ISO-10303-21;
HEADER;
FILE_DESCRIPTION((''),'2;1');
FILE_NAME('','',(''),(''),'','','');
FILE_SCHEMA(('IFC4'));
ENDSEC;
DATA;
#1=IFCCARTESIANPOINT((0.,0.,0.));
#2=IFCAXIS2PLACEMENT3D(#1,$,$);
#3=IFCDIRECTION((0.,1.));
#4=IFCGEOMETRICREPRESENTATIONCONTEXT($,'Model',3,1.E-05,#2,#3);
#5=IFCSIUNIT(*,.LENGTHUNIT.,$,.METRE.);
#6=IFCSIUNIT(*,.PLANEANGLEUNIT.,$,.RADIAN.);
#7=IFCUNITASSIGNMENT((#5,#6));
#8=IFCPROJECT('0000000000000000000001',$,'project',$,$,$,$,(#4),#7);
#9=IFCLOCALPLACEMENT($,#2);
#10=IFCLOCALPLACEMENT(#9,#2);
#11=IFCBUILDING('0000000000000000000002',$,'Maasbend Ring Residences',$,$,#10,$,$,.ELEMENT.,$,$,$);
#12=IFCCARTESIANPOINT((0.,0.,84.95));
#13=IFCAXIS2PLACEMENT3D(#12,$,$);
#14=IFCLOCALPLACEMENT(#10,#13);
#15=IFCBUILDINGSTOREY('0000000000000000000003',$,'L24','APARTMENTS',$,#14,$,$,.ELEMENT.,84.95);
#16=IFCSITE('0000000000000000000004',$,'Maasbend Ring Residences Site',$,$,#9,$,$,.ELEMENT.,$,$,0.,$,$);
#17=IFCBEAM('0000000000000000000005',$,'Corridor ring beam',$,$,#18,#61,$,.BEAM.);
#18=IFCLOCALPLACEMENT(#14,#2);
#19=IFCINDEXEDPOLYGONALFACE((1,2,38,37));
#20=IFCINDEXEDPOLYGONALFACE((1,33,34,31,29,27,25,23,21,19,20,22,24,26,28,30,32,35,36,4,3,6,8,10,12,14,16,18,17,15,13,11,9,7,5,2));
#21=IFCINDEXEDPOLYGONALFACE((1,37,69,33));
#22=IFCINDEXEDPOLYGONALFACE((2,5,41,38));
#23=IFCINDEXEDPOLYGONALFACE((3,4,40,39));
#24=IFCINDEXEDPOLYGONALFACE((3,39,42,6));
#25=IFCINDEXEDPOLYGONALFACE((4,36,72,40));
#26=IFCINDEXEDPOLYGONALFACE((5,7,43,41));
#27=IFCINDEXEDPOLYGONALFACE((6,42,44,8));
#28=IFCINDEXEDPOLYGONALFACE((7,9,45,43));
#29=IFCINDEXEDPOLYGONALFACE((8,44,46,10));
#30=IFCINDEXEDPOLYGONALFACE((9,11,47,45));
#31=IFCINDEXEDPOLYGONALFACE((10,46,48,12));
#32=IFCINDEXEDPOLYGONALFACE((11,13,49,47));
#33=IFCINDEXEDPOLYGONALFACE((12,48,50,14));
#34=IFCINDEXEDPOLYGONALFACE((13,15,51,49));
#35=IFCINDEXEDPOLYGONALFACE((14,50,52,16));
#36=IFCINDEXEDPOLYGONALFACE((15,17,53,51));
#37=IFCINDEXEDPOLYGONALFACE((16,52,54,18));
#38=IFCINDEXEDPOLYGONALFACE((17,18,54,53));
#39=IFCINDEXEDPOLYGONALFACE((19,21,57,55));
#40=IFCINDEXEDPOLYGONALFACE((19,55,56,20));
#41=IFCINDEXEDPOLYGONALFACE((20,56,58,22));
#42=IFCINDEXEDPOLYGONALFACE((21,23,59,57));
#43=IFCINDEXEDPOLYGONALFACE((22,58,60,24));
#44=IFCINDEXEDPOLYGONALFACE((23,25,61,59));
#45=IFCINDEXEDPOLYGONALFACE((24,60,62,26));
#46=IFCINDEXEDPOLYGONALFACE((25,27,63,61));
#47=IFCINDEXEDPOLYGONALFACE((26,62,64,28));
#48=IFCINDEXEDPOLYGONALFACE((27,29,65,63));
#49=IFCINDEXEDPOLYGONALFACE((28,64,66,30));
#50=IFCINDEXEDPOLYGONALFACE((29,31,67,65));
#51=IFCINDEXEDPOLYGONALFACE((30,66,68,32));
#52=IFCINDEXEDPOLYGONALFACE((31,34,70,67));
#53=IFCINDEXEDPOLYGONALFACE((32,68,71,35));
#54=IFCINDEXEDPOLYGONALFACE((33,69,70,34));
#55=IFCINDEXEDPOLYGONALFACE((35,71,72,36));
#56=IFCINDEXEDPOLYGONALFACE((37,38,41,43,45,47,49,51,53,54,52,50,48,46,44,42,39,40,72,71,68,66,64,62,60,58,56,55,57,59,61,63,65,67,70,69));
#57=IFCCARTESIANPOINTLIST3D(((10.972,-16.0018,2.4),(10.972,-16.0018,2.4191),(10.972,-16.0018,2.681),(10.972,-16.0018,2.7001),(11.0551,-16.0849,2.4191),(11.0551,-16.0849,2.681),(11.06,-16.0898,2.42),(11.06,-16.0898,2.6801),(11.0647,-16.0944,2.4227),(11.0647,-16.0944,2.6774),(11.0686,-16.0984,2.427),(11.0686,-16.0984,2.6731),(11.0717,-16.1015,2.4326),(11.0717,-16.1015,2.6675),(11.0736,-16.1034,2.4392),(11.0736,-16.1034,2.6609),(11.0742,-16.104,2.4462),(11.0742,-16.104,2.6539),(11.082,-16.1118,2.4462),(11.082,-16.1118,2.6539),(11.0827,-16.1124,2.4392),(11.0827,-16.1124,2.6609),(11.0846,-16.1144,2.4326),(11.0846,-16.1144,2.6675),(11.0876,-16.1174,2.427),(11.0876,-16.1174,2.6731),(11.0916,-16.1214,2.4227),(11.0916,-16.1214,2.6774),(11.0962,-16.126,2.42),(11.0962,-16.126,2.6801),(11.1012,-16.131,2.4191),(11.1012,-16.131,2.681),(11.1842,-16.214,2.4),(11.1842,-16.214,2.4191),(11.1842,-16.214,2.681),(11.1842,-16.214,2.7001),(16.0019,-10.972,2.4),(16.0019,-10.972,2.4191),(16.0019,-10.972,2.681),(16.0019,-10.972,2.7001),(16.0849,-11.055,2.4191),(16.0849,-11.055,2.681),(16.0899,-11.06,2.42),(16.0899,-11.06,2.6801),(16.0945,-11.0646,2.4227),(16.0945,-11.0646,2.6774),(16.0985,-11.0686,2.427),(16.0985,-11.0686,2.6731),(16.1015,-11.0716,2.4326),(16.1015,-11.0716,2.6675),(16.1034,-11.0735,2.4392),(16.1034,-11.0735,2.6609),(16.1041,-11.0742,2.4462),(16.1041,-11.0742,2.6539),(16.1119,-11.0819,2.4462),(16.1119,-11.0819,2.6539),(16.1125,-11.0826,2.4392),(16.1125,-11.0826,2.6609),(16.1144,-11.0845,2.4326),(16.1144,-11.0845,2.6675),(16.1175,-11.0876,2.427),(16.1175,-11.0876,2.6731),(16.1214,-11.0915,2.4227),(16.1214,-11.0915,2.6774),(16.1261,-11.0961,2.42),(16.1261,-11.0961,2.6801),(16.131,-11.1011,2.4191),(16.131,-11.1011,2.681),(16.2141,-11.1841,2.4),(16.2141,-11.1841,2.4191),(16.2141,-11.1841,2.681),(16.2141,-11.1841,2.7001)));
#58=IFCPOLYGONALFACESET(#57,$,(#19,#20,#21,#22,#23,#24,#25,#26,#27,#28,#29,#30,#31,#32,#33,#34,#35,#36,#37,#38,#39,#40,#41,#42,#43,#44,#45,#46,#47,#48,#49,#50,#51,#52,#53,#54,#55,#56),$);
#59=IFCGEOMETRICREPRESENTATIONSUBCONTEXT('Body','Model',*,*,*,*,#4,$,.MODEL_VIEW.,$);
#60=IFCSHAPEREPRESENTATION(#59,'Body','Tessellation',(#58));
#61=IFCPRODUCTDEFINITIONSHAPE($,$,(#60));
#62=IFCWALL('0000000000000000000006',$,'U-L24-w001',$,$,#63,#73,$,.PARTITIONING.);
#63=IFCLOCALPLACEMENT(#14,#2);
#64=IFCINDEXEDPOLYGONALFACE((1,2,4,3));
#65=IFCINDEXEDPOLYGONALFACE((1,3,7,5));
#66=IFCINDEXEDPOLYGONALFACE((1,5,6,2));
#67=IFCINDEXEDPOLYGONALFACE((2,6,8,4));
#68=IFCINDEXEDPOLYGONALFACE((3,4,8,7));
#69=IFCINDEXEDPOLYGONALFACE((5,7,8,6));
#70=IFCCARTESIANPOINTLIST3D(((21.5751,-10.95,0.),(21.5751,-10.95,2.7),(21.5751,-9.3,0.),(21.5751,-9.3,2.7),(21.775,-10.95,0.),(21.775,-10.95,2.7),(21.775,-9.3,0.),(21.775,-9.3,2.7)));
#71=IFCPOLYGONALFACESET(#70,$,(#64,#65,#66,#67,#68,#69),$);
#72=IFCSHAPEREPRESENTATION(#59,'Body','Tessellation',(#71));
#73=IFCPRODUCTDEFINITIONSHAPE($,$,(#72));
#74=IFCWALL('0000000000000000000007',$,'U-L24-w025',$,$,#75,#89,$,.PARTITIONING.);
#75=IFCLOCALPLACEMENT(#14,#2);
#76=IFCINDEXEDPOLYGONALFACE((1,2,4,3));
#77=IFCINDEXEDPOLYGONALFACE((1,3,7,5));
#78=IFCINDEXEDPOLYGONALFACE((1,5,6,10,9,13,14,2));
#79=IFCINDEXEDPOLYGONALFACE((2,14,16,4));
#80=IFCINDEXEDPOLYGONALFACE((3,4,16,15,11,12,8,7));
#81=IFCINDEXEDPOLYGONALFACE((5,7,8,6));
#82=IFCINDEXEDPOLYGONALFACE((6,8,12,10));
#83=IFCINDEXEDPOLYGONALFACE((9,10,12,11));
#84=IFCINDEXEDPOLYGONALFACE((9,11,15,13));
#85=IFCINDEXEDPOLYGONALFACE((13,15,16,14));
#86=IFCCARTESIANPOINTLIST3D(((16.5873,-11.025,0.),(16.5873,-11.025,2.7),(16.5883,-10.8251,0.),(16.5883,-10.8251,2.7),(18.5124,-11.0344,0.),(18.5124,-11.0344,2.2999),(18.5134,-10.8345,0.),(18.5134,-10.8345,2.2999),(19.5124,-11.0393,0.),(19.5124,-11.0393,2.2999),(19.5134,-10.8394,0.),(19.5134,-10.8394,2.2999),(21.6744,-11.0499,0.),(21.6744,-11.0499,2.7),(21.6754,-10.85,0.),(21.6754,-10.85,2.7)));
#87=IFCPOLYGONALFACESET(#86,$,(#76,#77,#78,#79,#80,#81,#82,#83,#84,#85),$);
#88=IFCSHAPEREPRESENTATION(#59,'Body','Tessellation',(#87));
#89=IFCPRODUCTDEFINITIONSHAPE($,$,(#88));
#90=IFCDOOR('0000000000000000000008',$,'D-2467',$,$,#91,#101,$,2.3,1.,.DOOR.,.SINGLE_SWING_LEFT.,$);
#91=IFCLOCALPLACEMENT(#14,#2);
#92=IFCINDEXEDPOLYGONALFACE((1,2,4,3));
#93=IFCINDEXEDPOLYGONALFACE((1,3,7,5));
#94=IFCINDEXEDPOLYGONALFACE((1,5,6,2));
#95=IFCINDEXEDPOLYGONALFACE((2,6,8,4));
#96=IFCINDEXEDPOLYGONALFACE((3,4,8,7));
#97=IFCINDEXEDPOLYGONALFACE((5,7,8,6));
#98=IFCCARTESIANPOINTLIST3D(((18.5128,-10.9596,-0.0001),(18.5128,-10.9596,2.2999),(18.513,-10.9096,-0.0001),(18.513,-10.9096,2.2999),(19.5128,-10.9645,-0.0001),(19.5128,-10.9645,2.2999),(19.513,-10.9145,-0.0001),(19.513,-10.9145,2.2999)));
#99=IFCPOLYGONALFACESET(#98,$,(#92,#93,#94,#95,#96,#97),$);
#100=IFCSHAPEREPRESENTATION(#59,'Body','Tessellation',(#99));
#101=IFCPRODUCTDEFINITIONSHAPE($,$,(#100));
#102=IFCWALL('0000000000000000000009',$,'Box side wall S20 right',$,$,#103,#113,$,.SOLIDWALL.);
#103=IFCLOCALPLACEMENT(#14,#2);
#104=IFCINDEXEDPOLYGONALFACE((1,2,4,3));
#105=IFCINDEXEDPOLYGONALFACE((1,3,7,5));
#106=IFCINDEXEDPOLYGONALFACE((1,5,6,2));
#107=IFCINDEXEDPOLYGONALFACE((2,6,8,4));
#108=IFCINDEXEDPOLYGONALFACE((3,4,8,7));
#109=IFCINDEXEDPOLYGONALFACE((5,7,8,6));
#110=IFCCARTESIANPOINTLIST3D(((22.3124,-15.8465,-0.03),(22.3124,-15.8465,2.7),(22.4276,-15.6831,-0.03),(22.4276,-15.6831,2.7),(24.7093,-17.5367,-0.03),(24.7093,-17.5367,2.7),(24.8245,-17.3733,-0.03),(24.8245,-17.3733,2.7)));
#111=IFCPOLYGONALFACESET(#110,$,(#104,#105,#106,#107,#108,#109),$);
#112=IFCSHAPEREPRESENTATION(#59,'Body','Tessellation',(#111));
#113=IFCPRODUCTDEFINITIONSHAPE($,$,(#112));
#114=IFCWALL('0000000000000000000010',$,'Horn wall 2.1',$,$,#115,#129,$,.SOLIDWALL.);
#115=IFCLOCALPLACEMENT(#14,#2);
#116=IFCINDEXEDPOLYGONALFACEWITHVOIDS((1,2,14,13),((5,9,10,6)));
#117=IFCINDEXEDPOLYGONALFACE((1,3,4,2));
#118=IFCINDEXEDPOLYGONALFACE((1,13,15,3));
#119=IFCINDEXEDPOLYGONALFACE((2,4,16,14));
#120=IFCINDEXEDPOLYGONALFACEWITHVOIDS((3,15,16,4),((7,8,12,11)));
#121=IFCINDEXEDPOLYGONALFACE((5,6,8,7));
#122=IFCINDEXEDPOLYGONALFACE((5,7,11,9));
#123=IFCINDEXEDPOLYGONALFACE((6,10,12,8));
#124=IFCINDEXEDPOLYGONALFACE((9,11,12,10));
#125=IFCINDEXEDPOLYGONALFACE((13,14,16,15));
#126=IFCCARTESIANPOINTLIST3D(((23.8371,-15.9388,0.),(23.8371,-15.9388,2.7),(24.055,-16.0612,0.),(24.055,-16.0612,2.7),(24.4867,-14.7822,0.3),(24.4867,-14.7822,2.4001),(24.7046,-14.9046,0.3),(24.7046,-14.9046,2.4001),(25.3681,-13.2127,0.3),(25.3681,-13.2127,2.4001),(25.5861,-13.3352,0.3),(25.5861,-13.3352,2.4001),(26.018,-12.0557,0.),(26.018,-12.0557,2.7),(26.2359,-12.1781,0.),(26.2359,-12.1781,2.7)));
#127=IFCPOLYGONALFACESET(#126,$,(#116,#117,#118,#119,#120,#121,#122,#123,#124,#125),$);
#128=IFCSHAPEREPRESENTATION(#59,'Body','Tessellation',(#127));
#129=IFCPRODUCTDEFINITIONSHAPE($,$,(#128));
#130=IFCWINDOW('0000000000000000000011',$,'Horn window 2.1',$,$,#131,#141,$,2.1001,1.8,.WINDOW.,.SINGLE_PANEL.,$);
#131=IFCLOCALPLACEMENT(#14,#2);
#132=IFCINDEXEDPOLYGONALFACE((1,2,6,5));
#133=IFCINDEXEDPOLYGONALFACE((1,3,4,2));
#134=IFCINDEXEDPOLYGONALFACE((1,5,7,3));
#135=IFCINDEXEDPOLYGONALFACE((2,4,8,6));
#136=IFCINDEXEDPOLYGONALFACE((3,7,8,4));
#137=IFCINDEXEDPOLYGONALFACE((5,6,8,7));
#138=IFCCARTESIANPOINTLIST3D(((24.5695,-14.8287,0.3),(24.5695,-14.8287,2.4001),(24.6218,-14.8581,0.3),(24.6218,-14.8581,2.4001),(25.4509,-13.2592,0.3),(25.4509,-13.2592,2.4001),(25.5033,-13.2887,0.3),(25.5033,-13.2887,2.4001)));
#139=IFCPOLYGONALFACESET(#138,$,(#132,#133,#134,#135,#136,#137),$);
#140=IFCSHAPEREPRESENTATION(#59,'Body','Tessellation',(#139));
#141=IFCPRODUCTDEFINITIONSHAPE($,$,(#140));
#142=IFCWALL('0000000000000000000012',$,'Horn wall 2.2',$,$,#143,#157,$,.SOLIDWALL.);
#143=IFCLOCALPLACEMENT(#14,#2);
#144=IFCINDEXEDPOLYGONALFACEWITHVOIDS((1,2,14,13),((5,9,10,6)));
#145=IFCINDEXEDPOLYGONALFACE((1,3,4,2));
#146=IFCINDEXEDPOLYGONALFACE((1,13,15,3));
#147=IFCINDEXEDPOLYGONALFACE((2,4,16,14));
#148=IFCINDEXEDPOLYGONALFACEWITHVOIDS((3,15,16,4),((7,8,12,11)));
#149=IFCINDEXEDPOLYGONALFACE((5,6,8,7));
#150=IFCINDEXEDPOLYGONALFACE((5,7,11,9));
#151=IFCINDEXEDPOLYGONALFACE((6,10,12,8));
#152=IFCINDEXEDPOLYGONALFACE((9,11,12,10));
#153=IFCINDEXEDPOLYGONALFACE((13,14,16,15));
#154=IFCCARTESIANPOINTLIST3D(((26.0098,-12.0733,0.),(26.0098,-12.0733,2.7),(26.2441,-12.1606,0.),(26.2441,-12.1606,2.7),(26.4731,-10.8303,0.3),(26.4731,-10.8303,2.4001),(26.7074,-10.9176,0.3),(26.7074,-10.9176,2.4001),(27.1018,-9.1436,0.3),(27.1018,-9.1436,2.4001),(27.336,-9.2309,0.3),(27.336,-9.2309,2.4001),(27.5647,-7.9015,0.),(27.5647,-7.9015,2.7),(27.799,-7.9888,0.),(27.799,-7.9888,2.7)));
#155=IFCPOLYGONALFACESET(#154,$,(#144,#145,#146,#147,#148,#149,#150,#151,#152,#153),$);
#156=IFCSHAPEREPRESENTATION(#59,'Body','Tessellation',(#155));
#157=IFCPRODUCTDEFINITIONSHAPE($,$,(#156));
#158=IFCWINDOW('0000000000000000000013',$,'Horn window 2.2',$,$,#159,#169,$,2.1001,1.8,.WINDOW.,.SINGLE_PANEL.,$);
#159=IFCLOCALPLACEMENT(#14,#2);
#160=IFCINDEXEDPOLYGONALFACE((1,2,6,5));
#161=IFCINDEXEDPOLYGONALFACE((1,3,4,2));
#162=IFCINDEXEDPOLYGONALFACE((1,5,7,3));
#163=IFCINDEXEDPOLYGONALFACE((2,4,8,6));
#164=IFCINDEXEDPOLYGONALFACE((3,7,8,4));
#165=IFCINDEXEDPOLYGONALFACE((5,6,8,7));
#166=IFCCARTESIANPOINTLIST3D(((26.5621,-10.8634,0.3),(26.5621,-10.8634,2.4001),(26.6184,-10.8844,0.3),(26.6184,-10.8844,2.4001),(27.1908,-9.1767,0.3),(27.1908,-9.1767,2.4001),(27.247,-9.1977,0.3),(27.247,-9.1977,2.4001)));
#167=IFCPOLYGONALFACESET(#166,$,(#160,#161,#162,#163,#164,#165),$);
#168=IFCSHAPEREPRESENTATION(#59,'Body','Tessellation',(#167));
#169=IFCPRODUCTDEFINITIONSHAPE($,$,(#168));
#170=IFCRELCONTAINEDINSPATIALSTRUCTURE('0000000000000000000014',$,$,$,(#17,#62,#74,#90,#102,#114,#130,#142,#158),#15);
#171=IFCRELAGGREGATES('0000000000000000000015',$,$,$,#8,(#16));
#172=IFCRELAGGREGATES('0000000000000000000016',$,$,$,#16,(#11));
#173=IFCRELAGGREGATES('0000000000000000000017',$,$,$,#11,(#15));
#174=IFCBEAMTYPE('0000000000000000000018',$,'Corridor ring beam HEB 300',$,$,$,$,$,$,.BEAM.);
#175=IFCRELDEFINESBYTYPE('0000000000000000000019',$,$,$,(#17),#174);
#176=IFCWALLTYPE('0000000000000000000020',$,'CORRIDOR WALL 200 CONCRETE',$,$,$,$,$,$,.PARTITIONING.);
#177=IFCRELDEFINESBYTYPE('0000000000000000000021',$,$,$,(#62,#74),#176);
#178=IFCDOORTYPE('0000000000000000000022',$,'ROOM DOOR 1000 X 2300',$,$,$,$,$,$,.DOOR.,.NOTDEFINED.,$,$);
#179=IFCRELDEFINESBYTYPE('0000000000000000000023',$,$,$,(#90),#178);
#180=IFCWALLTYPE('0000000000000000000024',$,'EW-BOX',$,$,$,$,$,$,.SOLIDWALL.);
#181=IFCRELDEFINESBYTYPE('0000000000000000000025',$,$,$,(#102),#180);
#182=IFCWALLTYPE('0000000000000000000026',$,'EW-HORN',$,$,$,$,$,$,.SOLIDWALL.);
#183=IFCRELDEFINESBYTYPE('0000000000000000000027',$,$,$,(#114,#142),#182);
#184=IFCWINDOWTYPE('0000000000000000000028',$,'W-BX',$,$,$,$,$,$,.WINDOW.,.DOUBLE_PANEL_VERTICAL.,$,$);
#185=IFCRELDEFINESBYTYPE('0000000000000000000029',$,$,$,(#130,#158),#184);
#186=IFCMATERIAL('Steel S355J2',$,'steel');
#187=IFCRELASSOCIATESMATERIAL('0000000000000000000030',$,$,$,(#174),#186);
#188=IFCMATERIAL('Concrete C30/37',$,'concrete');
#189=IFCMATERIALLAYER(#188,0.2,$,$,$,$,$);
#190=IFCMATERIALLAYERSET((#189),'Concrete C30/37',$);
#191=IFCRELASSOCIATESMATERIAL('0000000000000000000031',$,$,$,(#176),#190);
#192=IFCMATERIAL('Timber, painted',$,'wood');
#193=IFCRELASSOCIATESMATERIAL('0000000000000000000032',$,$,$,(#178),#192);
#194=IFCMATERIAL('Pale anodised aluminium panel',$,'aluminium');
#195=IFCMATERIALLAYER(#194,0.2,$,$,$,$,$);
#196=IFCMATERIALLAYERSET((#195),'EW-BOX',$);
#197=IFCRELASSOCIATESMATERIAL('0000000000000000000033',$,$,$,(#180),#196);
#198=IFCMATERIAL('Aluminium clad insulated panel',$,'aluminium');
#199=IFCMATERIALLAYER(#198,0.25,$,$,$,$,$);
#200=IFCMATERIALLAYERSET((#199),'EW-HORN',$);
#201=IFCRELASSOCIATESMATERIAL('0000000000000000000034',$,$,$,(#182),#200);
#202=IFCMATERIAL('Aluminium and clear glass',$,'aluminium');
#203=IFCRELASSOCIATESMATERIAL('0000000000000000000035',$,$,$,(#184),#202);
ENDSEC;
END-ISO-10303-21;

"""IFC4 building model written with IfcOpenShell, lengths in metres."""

from ifc_helpers import new_model, si_unit, direction, frame, frame_2d, origin, origin_2d, place, context, subcontext, project, spatial, rectangle, i_section, extrude, material, layer, layer_set, material_profile, profile_set, type_object, element, fill, save


model = new_model("IFC4")

# Units and contexts
model_context = context("Model", 3, precision=1e-05, world=origin(), true_north=direction((0.0, 1.0)))
body_context = subcontext(model_context, "Body", "Model", "MODEL_VIEW")
ifc_project = project(units=[si_unit("LENGTHUNIT", "METRE"), si_unit("PLANEANGLEUNIT", "RADIAN")], contexts=[model_context])

# Site, building, storey
site_placement = place(None, origin())
site = spatial("IfcSite", under=ifc_project, at=site_placement, Name="Maasbend Ring Residences Site", CompositionType="ELEMENT", RefElevation=0.0)
building_placement = place(site_placement, origin())
building = spatial("IfcBuilding", under=site, at=building_placement, Name="Maasbend Ring Residences", CompositionType="ELEMENT")
storey_placement = place(building_placement, frame((0.0, 0.0, 84.95)))
storey = spatial("IfcBuildingStorey", under=building, at=storey_placement, Name="L24", Description="APARTMENTS", CompositionType="ELEMENT", Elevation=84.95)

# Beam
ifc_material_1 = material(Name="Steel S355J2", Category="steel")
ifc_material_profile_1 = material_profile(ifc_material_1, i_section(OverallWidth=0.3, OverallDepth=0.3, WebThickness=0.011, FlangeThickness=0.019, FilletRadius=0.0271, at=origin_2d()), Name="HEB 300")
ifc_profile_set_1 = profile_set([ifc_material_profile_1], Name="Steel S355J2")
beam_type = type_object("IfcBeamType", Name="Corridor ring beam HEB 300", PredefinedType="BEAM", material=ifc_profile_set_1)
beam_placement = place(storey_placement, frame((11.0781, -16.1079, 2.55), z_axis=(0.707107, 0.707107, 0.0), x_axis=(-0.707107, 0.707107, 0.0)))
element("IfcBeam", 1, at=beam_placement, inside=storey, type_object=beam_type, Name="Corridor ring beam", PredefinedType="BEAM", context=body_context, shape_type="SweptSolid", body=[
    extrude(i_section(OverallWidth=0.3, OverallDepth=0.3, WebThickness=0.011, FlangeThickness=0.019, FilletRadius=0.0271, at=origin_2d()), origin(), (0.0, 0.0, 1.0), 7.1133),
])

# Wall
ifc_material_2 = material(Name="Concrete C30/37", Category="concrete")
ifc_layer_1 = layer(ifc_material_2, 0.2)
ifc_layer_set_1 = layer_set([ifc_layer_1], Name="Concrete C30/37")
wall_type_1 = type_object("IfcWallType", Name="CORRIDOR WALL 200 CONCRETE", PredefinedType="PARTITIONING", material=ifc_layer_set_1)
wall_1_placement = place(storey_placement, frame((21.675, -10.95, 0.0), z_axis=(0.0, 0.0, 1.0), x_axis=(0.0, 1.0, 0.0)))
element("IfcWall", 2, at=wall_1_placement, inside=storey, type_object=wall_type_1, Name="U-L24-w001", PredefinedType="PARTITIONING", context=body_context, shape_type="SweptSolid", body=[
    extrude(rectangle(XDim=1.6499, YDim=0.2, at=frame_2d((0.825, 0.0))), origin(), (0.0, 0.0, 1.0), 2.7),
])

# Wall, opening, door
wall_2_placement = place(storey_placement, frame((16.5879, -10.925, 0.0), z_axis=(0.0, 0.0, 1.0), x_axis=(0.999988, -0.004895, 0.0)))
wall_2 = element("IfcWall", 3, at=wall_2_placement, inside=storey, type_object=wall_type_1, Name="U-L24-w025", PredefinedType="PARTITIONING", context=body_context, shape_type="SweptSolid", body=[
    extrude(rectangle(XDim=5.0872, YDim=0.2, at=frame_2d((2.5435, 0.0))), origin(), (0.0, 0.0, 1.0), 2.7),
])
opening_1_placement = place(wall_2_placement, frame((1.925, 0.0, 0.0)))
opening_1 = element("IfcOpeningElement", 4, at=opening_1_placement, cuts=wall_2, PredefinedType="OPENING", context=body_context, shape_type="SweptSolid", body=[
    extrude(rectangle(XDim=1.0, YDim=2.3, at=frame_2d((0.5, 1.1499))), frame((0.0, 0.1099, 0.0), z_axis=(0.0, -1.0, 0.0), x_axis=(1.0, 0.0, 0.0)), (0.0, 0.0, 1.0), 0.22),
])
ifc_material_3 = material(Name="Timber, painted", Category="wood")
door_type_1 = type_object("IfcDoorType", Name="ROOM DOOR 1000 X 2300", OperationType="NOTDEFINED", PredefinedType="DOOR", material=ifc_material_3)
door_1_placement = place(opening_1_placement, origin())
door_1 = element("IfcDoor", 5, at=door_1_placement, inside=storey, type_object=door_type_1, Name="D-2467", OperationType="SINGLE_SWING_LEFT", OverallHeight=2.3, OverallWidth=1.0, PredefinedType="DOOR", context=body_context, shape_type="SweptSolid", body=[
    extrude(rectangle(XDim=1.0, YDim=2.3, at=frame_2d((0.5, 1.1499))), frame((0.0, 0.0249, 0.0), z_axis=(0.0, -1.0, 0.0), x_axis=(1.0, 0.0, 0.0)), (0.0, 0.0, 1.0), 0.05),
])
fill(opening_1, door_1)

# Wall
ifc_material_4 = material(Name="Pale anodised aluminium panel", Category="aluminium")
ifc_layer_2 = layer(ifc_material_4, 0.2)
ifc_layer_set_2 = layer_set([ifc_layer_2], Name="EW-BOX")
wall_type_2 = type_object("IfcWallType", Name="EW-BOX", PredefinedType="SOLIDWALL", material=ifc_layer_set_2)
wall_3_placement = place(storey_placement, frame((22.3701, -15.7649, -0.03), z_axis=(0.0, 0.0, 1.0), x_axis=(0.817256, -0.576275, 0.0)))
element("IfcWall", 6, at=wall_3_placement, inside=storey, type_object=wall_type_2, Name="Box side wall S20 right", PredefinedType="SOLIDWALL", context=body_context, shape_type="SweptSolid", body=[
    extrude(rectangle(XDim=2.9329, YDim=0.2, at=frame_2d((1.4663, 0.0))), origin(), (0.0, 0.0, 1.0), 2.73),
])

# Walls, openings, windows
ifc_material_5 = material(Name="Aluminium clad insulated panel", Category="aluminium")
ifc_layer_3 = layer(ifc_material_5, 0.25)
ifc_layer_set_3 = layer_set([ifc_layer_3], Name="EW-HORN")
wall_type_3 = type_object("IfcWallType", Name="EW-HORN", PredefinedType="SOLIDWALL", material=ifc_layer_set_3)
wall_4_placement = place(storey_placement, frame((23.946, -16.0, 0.0), z_axis=(0.0, 0.0, 1.0), x_axis=(0.489696, 0.871893, 0.0)))
wall_4 = element("IfcWall", 7, at=wall_4_placement, inside=storey, type_object=wall_type_3, Name="Horn wall 2.1", PredefinedType="SOLIDWALL", context=body_context, shape_type="SweptSolid", body=[
    extrude(rectangle(XDim=4.4536, YDim=0.25, at=frame_2d((2.2268, 0.0))), origin(), (0.0, 0.0, 1.0), 2.7),
])
opening_2_placement = place(wall_4_placement, frame((1.3267, 0.0, 0.3)))
opening_2 = element("IfcOpeningElement", 8, at=opening_2_placement, cuts=wall_4, PredefinedType="OPENING", context=body_context, shape_type="SweptSolid", body=[
    extrude(rectangle(XDim=1.8, YDim=2.1001, at=frame_2d((0.8999, 1.05))), frame((0.0, 0.135, 0.0), z_axis=(0.0, -1.0, 0.0), x_axis=(1.0, 0.0, 0.0)), (0.0, 0.0, 1.0), 0.27),
])
ifc_material_6 = material(Name="Aluminium and clear glass", Category="aluminium")
window_type = type_object("IfcWindowType", Name="W-BX", PartitioningType="DOUBLE_PANEL_VERTICAL", PredefinedType="WINDOW", material=ifc_material_6)
window_1_placement = place(opening_2_placement, origin())
window_1 = element("IfcWindow", 9, at=window_1_placement, inside=storey, type_object=window_type, Name="Horn window 2.1", OverallHeight=2.1001, OverallWidth=1.8, PartitioningType="SINGLE_PANEL", PredefinedType="WINDOW", context=body_context, shape_type="SweptSolid", body=[
    extrude(rectangle(XDim=1.8, YDim=2.1001, at=frame_2d((0.8999, 1.05))), frame((0.0, 0.03, 0.0), z_axis=(0.0, -1.0, 0.0), x_axis=(1.0, 0.0, 0.0)), (0.0, 0.0, 1.0), 0.0601),
])
fill(opening_2, window_1)
wall_5_placement = place(storey_placement, frame((26.127, -12.1169, 0.0), z_axis=(0.0, 0.0, 1.0), x_axis=(0.349248, 0.93703, 0.0)))
wall_5 = element("IfcWall", 10, at=wall_5_placement, inside=storey, type_object=wall_type_3, Name="Horn wall 2.2", PredefinedType="SOLIDWALL", context=body_context, shape_type="SweptSolid", body=[
    extrude(rectangle(XDim=4.4521, YDim=0.25, at=frame_2d((2.2261, 0.0))), origin(), (0.0, 0.0, 1.0), 2.7),
])
opening_3_placement = place(wall_5_placement, frame((1.3267, 0.0, 0.3)))
opening_3 = element("IfcOpeningElement", 11, at=opening_3_placement, cuts=wall_5, PredefinedType="OPENING", context=body_context, shape_type="SweptSolid", body=[
    extrude(rectangle(XDim=1.8, YDim=2.1001, at=frame_2d((0.8999, 1.05))), frame((0.0, 0.135, 0.0), z_axis=(0.0, -1.0, 0.0), x_axis=(1.0, 0.0, 0.0)), (0.0, 0.0, 1.0), 0.27),
])
window_2_placement = place(opening_3_placement, origin())
window_2 = element("IfcWindow", 12, at=window_2_placement, inside=storey, type_object=window_type, Name="Horn window 2.2", OverallHeight=2.1001, OverallWidth=1.8, PartitioningType="SINGLE_PANEL", PredefinedType="WINDOW", context=body_context, shape_type="SweptSolid", body=[
    extrude(rectangle(XDim=1.8, YDim=2.1001, at=frame_2d((0.8999, 1.05))), frame((0.0, 0.03, 0.0), z_axis=(0.0, -1.0, 0.0), x_axis=(1.0, 0.0, 0.0)), (0.0, 0.0, 1.0), 0.0601),
])
fill(opening_3, window_2)

save(model, "model.ifc")
